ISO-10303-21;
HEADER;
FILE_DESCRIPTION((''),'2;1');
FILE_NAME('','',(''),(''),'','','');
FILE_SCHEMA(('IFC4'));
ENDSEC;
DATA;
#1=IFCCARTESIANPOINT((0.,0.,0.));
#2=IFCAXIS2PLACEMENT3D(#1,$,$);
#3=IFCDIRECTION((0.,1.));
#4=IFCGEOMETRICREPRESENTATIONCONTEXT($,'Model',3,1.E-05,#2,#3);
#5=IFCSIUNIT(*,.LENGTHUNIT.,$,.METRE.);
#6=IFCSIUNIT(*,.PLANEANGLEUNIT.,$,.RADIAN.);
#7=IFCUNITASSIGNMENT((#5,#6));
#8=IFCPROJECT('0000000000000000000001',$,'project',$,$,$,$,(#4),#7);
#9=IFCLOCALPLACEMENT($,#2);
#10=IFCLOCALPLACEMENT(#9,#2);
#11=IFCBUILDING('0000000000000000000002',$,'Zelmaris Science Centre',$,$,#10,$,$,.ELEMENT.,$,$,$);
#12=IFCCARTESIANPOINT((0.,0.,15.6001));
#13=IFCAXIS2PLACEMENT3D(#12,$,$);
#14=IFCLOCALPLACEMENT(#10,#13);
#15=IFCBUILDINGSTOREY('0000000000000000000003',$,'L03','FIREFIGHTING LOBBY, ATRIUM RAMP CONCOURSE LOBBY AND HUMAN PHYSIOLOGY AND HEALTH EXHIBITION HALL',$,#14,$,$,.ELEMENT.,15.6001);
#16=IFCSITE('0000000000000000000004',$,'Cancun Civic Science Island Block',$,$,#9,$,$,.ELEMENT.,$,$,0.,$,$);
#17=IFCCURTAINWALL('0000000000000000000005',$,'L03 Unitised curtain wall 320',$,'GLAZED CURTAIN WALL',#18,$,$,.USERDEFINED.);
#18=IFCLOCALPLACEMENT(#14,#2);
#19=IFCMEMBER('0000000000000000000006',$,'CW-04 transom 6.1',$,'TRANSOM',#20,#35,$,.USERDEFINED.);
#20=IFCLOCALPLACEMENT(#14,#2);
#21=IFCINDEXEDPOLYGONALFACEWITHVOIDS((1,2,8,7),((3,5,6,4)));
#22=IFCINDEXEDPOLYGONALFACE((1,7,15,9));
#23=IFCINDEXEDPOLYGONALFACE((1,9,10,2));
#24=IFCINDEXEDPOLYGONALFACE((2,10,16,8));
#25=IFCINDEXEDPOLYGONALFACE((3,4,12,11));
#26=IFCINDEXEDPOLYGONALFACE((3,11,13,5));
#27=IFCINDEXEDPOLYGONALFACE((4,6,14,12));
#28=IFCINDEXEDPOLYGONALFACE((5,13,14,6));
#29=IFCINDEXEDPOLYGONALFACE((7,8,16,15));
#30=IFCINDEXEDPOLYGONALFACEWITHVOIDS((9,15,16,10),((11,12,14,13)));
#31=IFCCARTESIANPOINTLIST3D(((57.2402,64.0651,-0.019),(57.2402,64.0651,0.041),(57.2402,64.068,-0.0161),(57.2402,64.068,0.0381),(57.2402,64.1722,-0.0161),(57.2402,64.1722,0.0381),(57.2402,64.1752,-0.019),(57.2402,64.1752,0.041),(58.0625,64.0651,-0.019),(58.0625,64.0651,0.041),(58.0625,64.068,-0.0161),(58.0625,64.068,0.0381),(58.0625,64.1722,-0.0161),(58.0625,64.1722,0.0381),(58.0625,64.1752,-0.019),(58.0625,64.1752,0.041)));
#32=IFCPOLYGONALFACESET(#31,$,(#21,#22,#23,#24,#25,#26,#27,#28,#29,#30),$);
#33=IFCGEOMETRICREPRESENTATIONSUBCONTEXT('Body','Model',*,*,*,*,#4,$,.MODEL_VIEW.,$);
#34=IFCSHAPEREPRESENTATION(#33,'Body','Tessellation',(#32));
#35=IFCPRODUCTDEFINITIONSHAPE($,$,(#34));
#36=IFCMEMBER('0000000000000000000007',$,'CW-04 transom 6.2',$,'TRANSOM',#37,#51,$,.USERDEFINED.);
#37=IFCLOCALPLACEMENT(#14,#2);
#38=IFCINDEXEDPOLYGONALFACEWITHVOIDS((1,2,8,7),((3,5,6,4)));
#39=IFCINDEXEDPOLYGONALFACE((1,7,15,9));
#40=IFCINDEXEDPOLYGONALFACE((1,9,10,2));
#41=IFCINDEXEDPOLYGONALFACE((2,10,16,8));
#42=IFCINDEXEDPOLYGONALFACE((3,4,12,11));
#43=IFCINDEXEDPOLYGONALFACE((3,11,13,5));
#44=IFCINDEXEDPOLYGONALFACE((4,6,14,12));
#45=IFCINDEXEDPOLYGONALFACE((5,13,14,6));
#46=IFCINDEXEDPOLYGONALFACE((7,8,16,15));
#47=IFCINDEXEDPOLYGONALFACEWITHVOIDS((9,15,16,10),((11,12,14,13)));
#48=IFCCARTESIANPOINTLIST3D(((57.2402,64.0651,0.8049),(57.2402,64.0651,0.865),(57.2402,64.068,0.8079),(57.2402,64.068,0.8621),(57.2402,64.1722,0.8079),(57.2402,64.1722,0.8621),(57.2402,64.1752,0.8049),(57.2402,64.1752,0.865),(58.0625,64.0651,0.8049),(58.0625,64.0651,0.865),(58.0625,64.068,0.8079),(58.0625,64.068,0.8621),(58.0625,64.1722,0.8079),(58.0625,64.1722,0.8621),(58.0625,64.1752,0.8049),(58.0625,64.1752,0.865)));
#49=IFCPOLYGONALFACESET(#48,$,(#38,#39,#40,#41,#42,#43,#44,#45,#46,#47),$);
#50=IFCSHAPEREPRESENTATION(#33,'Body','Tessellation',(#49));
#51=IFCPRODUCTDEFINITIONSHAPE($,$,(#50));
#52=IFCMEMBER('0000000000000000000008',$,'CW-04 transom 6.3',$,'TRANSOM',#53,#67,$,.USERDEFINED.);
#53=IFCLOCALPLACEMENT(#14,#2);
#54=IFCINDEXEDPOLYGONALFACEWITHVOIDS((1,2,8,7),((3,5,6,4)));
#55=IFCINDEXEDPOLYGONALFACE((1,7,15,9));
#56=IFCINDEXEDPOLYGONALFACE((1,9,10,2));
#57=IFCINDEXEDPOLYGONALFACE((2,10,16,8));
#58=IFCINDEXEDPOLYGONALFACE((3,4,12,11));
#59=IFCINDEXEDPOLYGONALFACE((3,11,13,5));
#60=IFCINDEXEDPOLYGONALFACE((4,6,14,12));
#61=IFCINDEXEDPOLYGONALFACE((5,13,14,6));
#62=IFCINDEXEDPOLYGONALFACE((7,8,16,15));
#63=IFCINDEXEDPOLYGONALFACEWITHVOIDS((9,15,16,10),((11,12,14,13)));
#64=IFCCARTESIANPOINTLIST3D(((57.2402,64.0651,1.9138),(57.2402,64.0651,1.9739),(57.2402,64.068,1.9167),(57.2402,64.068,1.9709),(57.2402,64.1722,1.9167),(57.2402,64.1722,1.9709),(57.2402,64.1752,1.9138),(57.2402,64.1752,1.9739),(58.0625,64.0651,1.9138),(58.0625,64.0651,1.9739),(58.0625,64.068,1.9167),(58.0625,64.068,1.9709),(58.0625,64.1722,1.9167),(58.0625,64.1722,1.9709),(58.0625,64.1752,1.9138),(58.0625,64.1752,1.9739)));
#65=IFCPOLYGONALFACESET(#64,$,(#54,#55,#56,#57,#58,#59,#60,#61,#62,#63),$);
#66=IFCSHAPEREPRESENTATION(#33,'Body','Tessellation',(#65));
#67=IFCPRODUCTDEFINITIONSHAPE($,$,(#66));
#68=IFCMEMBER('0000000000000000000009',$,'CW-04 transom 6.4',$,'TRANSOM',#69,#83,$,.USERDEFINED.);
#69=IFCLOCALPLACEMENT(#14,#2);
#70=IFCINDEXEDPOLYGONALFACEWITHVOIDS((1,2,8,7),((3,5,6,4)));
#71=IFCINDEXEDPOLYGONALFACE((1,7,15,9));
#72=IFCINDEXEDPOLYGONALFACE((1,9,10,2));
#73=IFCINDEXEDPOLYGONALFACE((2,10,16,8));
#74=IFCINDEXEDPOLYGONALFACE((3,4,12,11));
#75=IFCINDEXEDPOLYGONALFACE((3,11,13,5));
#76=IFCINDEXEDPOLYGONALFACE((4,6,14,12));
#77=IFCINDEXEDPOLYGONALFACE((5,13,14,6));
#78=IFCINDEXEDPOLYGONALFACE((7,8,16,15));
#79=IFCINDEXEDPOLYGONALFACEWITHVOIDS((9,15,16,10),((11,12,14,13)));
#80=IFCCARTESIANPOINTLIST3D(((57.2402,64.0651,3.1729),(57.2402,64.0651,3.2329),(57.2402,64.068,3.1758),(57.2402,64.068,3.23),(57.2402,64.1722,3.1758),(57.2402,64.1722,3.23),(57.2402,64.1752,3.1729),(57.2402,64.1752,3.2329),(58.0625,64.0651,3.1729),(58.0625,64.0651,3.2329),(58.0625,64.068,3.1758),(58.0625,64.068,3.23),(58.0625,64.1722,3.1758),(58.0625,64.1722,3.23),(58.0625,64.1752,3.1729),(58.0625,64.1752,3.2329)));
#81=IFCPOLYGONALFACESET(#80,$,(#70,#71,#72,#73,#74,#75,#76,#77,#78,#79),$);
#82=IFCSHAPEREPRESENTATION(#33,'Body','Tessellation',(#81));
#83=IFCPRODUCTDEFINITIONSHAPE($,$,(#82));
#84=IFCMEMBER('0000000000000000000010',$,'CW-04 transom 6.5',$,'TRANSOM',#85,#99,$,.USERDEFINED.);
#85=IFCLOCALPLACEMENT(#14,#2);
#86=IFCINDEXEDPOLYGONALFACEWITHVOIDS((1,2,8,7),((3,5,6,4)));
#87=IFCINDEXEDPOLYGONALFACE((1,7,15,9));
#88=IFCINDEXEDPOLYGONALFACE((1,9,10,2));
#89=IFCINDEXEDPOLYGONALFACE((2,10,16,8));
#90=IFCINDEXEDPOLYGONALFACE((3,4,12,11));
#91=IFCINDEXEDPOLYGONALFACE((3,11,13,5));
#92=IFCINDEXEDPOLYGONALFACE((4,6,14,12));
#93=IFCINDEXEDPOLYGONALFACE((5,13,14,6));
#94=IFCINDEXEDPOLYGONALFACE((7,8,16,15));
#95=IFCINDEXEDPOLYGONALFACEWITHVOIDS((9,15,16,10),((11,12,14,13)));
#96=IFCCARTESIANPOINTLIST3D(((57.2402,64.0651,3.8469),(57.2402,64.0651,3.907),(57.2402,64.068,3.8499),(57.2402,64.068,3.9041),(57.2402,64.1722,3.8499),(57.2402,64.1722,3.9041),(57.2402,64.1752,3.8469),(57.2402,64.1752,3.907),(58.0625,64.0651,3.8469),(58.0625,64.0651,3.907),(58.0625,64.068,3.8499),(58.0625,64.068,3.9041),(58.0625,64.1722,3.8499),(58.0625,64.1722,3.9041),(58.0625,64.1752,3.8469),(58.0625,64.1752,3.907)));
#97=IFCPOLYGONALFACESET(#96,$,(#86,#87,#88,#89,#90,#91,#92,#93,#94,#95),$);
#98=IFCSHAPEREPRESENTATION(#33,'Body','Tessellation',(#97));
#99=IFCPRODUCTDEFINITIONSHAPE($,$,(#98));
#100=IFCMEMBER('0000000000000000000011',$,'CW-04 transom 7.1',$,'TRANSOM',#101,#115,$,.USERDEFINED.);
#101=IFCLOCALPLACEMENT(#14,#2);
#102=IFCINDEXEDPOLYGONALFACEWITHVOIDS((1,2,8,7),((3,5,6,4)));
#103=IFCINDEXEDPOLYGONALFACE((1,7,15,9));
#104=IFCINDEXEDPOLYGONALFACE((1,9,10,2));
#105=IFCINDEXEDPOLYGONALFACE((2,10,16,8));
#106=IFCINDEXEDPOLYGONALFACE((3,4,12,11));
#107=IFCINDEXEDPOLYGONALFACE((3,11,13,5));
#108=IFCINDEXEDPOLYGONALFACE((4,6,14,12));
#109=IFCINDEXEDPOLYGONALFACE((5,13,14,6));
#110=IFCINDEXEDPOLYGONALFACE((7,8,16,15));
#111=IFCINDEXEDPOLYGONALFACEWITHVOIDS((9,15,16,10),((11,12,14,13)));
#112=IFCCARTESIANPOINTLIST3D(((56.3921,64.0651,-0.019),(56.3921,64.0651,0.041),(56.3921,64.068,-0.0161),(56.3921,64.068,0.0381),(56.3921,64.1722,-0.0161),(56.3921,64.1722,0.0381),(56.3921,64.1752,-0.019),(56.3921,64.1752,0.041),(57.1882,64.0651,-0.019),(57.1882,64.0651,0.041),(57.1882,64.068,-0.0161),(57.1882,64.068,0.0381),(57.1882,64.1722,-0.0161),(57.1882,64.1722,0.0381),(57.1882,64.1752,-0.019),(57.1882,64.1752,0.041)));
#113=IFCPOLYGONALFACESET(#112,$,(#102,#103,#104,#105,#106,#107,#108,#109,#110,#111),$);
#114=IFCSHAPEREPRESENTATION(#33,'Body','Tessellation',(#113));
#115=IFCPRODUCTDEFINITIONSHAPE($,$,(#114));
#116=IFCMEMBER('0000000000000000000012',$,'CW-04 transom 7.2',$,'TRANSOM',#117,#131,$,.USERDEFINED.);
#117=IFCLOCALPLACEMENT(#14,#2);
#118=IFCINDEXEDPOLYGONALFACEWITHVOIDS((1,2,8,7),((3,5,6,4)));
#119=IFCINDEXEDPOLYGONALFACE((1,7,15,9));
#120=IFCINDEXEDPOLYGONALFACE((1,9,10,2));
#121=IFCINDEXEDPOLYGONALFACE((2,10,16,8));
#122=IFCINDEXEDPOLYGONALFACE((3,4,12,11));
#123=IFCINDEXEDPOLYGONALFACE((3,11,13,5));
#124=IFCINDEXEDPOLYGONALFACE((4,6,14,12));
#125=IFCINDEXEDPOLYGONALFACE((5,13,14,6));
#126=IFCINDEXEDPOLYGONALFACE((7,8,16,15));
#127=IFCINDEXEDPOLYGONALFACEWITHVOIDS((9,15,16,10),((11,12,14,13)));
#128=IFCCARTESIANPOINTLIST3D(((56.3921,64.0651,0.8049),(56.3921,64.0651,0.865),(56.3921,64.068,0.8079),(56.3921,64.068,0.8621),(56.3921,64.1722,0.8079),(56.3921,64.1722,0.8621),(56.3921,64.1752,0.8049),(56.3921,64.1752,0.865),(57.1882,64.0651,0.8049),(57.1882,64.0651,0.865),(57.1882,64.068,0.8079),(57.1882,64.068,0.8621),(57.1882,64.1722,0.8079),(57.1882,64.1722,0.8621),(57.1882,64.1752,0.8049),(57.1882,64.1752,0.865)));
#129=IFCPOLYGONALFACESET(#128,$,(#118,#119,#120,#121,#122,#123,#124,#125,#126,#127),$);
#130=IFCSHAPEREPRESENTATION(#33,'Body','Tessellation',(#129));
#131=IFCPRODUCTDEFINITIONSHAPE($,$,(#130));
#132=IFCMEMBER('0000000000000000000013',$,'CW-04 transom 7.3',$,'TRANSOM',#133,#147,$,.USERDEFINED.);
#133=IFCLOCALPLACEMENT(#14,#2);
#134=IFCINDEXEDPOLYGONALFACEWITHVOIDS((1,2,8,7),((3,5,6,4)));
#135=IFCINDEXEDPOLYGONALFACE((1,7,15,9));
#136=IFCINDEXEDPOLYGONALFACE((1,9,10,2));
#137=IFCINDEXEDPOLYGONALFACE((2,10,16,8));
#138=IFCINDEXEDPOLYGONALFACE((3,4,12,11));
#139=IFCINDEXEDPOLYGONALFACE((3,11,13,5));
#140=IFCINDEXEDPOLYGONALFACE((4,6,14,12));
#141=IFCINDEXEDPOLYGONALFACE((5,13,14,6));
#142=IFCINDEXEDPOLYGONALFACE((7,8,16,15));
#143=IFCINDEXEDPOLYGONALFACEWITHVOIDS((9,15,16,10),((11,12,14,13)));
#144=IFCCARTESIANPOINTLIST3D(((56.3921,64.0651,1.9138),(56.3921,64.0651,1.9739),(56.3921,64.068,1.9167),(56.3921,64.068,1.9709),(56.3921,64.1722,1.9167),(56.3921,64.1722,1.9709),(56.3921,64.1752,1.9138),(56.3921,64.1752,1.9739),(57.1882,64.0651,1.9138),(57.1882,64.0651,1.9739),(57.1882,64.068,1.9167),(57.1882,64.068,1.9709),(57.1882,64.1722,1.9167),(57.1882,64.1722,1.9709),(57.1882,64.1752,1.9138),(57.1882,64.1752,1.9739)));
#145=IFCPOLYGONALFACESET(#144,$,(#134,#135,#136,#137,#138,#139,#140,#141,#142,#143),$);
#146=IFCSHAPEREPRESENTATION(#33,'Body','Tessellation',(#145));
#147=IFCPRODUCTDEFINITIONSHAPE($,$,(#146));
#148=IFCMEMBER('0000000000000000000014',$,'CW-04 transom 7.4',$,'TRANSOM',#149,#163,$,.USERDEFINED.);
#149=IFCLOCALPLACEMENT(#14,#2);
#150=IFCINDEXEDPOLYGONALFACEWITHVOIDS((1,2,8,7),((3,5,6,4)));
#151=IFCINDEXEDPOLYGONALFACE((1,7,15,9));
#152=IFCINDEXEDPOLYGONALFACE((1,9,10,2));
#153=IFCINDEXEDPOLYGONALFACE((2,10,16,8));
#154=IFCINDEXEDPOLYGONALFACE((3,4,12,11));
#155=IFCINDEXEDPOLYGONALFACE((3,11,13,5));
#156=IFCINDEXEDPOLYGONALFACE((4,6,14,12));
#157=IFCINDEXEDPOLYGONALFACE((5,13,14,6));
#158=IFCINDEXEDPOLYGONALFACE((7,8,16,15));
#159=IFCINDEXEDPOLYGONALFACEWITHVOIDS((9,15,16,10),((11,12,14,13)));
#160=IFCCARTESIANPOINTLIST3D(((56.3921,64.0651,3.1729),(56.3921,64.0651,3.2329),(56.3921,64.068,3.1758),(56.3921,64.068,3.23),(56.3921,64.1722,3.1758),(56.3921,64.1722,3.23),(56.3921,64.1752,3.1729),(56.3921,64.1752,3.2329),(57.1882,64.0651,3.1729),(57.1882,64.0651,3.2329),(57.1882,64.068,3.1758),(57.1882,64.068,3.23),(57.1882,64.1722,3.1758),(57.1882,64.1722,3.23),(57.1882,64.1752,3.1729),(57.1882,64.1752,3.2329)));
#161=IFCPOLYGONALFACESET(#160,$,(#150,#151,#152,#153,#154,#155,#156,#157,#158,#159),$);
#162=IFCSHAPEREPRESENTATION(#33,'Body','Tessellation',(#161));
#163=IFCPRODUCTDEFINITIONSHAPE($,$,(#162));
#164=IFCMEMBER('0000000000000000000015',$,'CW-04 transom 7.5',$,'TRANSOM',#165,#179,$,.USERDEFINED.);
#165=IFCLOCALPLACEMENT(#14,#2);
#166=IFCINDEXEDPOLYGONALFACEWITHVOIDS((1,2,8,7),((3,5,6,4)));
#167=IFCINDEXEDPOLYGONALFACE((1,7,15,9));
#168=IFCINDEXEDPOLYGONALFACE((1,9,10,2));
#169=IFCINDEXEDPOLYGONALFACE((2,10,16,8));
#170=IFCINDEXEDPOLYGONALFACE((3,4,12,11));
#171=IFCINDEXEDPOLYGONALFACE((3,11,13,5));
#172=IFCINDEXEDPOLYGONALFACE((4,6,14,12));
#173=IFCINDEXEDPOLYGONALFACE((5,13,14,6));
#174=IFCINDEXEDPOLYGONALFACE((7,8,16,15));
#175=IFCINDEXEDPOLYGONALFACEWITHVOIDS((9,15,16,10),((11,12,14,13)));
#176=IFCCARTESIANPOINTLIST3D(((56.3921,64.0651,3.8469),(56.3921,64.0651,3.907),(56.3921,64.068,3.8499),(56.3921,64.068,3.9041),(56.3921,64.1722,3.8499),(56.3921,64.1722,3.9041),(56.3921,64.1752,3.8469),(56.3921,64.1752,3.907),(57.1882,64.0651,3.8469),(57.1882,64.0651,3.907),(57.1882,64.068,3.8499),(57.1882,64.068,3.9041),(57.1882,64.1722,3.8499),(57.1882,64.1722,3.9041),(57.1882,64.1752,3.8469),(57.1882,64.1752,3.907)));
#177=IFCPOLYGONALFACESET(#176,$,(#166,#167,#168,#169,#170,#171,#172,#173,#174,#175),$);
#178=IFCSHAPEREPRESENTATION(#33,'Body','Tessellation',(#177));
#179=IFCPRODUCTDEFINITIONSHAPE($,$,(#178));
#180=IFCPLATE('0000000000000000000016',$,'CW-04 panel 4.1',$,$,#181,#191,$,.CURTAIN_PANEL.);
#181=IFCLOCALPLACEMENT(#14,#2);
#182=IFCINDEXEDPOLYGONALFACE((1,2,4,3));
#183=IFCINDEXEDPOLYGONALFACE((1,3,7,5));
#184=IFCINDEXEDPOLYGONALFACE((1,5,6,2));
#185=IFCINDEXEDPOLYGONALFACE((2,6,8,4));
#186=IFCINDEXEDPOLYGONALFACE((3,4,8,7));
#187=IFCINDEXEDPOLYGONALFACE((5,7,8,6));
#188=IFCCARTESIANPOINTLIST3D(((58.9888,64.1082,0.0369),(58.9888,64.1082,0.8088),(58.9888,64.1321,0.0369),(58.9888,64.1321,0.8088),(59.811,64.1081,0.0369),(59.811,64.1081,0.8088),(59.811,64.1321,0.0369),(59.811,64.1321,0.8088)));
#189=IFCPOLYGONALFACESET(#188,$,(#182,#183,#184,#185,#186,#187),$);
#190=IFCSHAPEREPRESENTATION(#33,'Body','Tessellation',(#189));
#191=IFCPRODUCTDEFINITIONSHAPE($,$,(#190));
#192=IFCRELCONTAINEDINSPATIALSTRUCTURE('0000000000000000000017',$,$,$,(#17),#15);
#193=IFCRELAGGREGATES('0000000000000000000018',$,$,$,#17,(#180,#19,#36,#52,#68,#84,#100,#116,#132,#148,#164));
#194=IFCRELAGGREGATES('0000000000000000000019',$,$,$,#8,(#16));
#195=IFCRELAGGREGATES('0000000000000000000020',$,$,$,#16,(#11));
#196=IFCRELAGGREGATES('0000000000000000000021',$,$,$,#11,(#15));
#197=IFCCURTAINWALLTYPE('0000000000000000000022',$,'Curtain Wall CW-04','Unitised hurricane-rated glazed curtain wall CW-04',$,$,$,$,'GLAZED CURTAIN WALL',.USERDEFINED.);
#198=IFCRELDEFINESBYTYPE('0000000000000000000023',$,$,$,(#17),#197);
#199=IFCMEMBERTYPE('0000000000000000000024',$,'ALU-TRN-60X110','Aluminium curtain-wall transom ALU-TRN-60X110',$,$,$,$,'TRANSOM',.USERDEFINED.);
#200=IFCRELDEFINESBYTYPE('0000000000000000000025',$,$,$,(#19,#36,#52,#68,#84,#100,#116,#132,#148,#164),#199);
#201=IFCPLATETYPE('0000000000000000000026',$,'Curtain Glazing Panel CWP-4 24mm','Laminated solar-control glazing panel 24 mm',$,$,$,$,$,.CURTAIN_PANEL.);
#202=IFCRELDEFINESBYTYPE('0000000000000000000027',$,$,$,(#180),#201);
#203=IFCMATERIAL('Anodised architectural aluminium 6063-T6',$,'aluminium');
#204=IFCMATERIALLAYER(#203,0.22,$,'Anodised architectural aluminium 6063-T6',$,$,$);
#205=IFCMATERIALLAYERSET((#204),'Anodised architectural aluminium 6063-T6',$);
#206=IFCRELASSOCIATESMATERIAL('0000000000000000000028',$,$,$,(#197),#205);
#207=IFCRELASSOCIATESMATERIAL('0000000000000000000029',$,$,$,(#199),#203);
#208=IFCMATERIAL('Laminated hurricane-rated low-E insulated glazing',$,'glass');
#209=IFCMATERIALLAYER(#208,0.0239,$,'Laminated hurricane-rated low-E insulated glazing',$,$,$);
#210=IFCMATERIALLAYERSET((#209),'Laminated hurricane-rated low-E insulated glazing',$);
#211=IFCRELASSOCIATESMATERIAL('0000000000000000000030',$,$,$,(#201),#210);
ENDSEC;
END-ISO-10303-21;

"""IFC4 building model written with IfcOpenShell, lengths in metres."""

from ifc_helpers import new_model, si_unit, direction, frame, origin, origin_2d, place, context, subcontext, project, spatial, rectangle, hollow_rectangle, extrude, material, layer, layer_set, material_profile, profile_set, type_object, element, aggregate, save


model = new_model("IFC4")

# Units and contexts
model_context = context("Model", 3, precision=1e-05, world=origin(), true_north=direction((0.0, 1.0)))
body_context = subcontext(model_context, "Body", "Model", "MODEL_VIEW")
ifc_project = project(units=[si_unit("LENGTHUNIT", "METRE"), si_unit("PLANEANGLEUNIT", "RADIAN")], contexts=[model_context])

# Site, building, storey
site_placement = place(None, origin())
site = spatial("IfcSite", under=ifc_project, at=site_placement, Name="Cancun Civic Science Island Block", CompositionType="ELEMENT", RefElevation=0.0)
building_placement = place(site_placement, origin())
building = spatial("IfcBuilding", under=site, at=building_placement, Name="Zelmaris Science Centre", CompositionType="ELEMENT")
storey_placement = place(building_placement, frame((0.0, 0.0, 15.6001)))
storey = spatial("IfcBuildingStorey", under=building, at=storey_placement, Name="L03", Description="FIREFIGHTING LOBBY, ATRIUM RAMP CONCOURSE LOBBY AND HUMAN PHYSIOLOGY AND HEALTH EXHIBITION HALL", CompositionType="ELEMENT", Elevation=15.6001)

# Curtain wall, members, plate
ifc_material_1 = material(Name="Anodised architectural aluminium 6063-T6", Category="aluminium")
ifc_layer_1 = layer(ifc_material_1, 0.22, Name="Anodised architectural aluminium 6063-T6")
ifc_layer_set_1 = layer_set([ifc_layer_1], Name="Anodised architectural aluminium 6063-T6")
curtain_wall_type = type_object("IfcCurtainWallType", Name="Curtain Wall CW-04", Description="Unitised hurricane-rated glazed curtain wall CW-04", ElementType="GLAZED CURTAIN WALL", PredefinedType="USERDEFINED", material=ifc_layer_set_1)
curtain_wall_placement = place(storey_placement, origin())
curtain_wall = element("IfcCurtainWall", 1, at=curtain_wall_placement, inside=storey, type_object=curtain_wall_type, Name="L03 Unitised curtain wall 320", ObjectType="GLAZED CURTAIN WALL", PredefinedType="USERDEFINED")
ifc_material_profile_1 = material_profile(ifc_material_1, hollow_rectangle(XDim=0.0601, YDim=0.1101, WallThickness=0.0029, at=origin_2d()), Name="ALU-TRN-60X110")
ifc_profile_set_1 = profile_set([ifc_material_profile_1], Name="Anodised architectural aluminium 6063-T6")
member_type_1 = type_object("IfcMemberType", Name="ALU-TRN-60X110", Description="Aluminium curtain-wall transom ALU-TRN-60X110", ElementType="TRANSOM", PredefinedType="USERDEFINED", material=ifc_profile_set_1)
member_1_placement = place(storey_placement, frame((58.0625, 64.1201, 0.011), z_axis=(-1.0, 0.0, 0.0), x_axis=(0.0, 0.0, 1.0)))
member_1 = element("IfcMember", 2, at=member_1_placement, type_object=member_type_1, Name="CW-04 transom 6.1", ObjectType="TRANSOM", PredefinedType="USERDEFINED", context=body_context, shape_type="SweptSolid", body=[
    extrude(hollow_rectangle(XDim=0.0601, YDim=0.1101, WallThickness=0.0029, at=origin_2d()), origin(), (0.0, 0.0, 1.0), 0.8223),
])
member_2_placement = place(storey_placement, frame((58.0625, 64.1201, 0.835), z_axis=(-1.0, 0.0, 0.0), x_axis=(0.0, 0.0, 1.0)))
member_2 = element("IfcMember", 3, at=member_2_placement, type_object=member_type_1, Name="CW-04 transom 6.2", ObjectType="TRANSOM", PredefinedType="USERDEFINED", context=body_context, shape_type="SweptSolid", body=[
    extrude(hollow_rectangle(XDim=0.0601, YDim=0.1101, WallThickness=0.0029, at=origin_2d()), origin(), (0.0, 0.0, 1.0), 0.8223),
])
member_3_placement = place(storey_placement, frame((58.0625, 64.1201, 1.9438), z_axis=(-1.0, 0.0, 0.0), x_axis=(0.0, 0.0, 1.0)))
member_3 = element("IfcMember", 4, at=member_3_placement, type_object=member_type_1, Name="CW-04 transom 6.3", ObjectType="TRANSOM", PredefinedType="USERDEFINED", context=body_context, shape_type="SweptSolid", body=[
    extrude(hollow_rectangle(XDim=0.0601, YDim=0.1101, WallThickness=0.0029, at=origin_2d()), origin(), (0.0, 0.0, 1.0), 0.8223),
])
member_4_placement = place(storey_placement, frame((58.0625, 64.1201, 3.2029), z_axis=(-1.0, 0.0, 0.0), x_axis=(0.0, 0.0, 1.0)))
member_4 = element("IfcMember", 5, at=member_4_placement, type_object=member_type_1, Name="CW-04 transom 6.4", ObjectType="TRANSOM", PredefinedType="USERDEFINED", context=body_context, shape_type="SweptSolid", body=[
    extrude(hollow_rectangle(XDim=0.0601, YDim=0.1101, WallThickness=0.0029, at=origin_2d()), origin(), (0.0, 0.0, 1.0), 0.8223),
])
member_5_placement = place(storey_placement, frame((58.0625, 64.1201, 3.877), z_axis=(-1.0, 0.0, 0.0), x_axis=(0.0, 0.0, 1.0)))
member_5 = element("IfcMember", 6, at=member_5_placement, type_object=member_type_1, Name="CW-04 transom 6.5", ObjectType="TRANSOM", PredefinedType="USERDEFINED", context=body_context, shape_type="SweptSolid", body=[
    extrude(hollow_rectangle(XDim=0.0601, YDim=0.1101, WallThickness=0.0029, at=origin_2d()), origin(), (0.0, 0.0, 1.0), 0.8223),
])
member_6_placement = place(storey_placement, frame((57.1882, 64.1201, 0.011), z_axis=(-1.0, 0.0, 0.0), x_axis=(0.0, 0.0, 1.0)))
member_6 = element("IfcMember", 7, at=member_6_placement, type_object=member_type_1, Name="CW-04 transom 7.1", ObjectType="TRANSOM", PredefinedType="USERDEFINED", context=body_context, shape_type="SweptSolid", body=[
    extrude(hollow_rectangle(XDim=0.0601, YDim=0.1101, WallThickness=0.0029, at=origin_2d()), origin(), (0.0, 0.0, 1.0), 0.7961),
])
member_7_placement = place(storey_placement, frame((57.1882, 64.1201, 0.835), z_axis=(-1.0, 0.0, 0.0), x_axis=(0.0, 0.0, 1.0)))
member_7 = element("IfcMember", 8, at=member_7_placement, type_object=member_type_1, Name="CW-04 transom 7.2", ObjectType="TRANSOM", PredefinedType="USERDEFINED", context=body_context, shape_type="SweptSolid", body=[
    extrude(hollow_rectangle(XDim=0.0601, YDim=0.1101, WallThickness=0.0029, at=origin_2d()), origin(), (0.0, 0.0, 1.0), 0.7961),
])
member_8_placement = place(storey_placement, frame((57.1882, 64.1201, 1.9438), z_axis=(-1.0, 0.0, 0.0), x_axis=(0.0, 0.0, 1.0)))
member_8 = element("IfcMember", 9, at=member_8_placement, type_object=member_type_1, Name="CW-04 transom 7.3", ObjectType="TRANSOM", PredefinedType="USERDEFINED", context=body_context, shape_type="SweptSolid", body=[
    extrude(hollow_rectangle(XDim=0.0601, YDim=0.1101, WallThickness=0.0029, at=origin_2d()), origin(), (0.0, 0.0, 1.0), 0.7961),
])
member_9_placement = place(storey_placement, frame((57.1882, 64.1201, 3.2029), z_axis=(-1.0, 0.0, 0.0), x_axis=(0.0, 0.0, 1.0)))
member_9 = element("IfcMember", 10, at=member_9_placement, type_object=member_type_1, Name="CW-04 transom 7.4", ObjectType="TRANSOM", PredefinedType="USERDEFINED", context=body_context, shape_type="SweptSolid", body=[
    extrude(hollow_rectangle(XDim=0.0601, YDim=0.1101, WallThickness=0.0029, at=origin_2d()), origin(), (0.0, 0.0, 1.0), 0.7961),
])
member_10_placement = place(storey_placement, frame((57.1882, 64.1201, 3.877), z_axis=(-1.0, 0.0, 0.0), x_axis=(0.0, 0.0, 1.0)))
member_10 = element("IfcMember", 11, at=member_10_placement, type_object=member_type_1, Name="CW-04 transom 7.5", ObjectType="TRANSOM", PredefinedType="USERDEFINED", context=body_context, shape_type="SweptSolid", body=[
    extrude(hollow_rectangle(XDim=0.0601, YDim=0.1101, WallThickness=0.0029, at=origin_2d()), origin(), (0.0, 0.0, 1.0), 0.7961),
])
ifc_material_2 = material(Name="Laminated hurricane-rated low-E insulated glazing", Category="glass")
ifc_layer_2 = layer(ifc_material_2, 0.0239, Name="Laminated hurricane-rated low-E insulated glazing")
ifc_layer_set_2 = layer_set([ifc_layer_2], Name="Laminated hurricane-rated low-E insulated glazing")
plate_type = type_object("IfcPlateType", Name="Curtain Glazing Panel CWP-4 24mm", Description="Laminated solar-control glazing panel 24 mm", PredefinedType="CURTAIN_PANEL", material=ifc_layer_set_2)
plate_1_placement = place(storey_placement, frame((59.3999, 64.1201, 0.0369), z_axis=(0.0, 0.0, 1.0), x_axis=(-1.0, 0.000016, 0.0)))
plate_1 = element("IfcPlate", 12, at=plate_1_placement, type_object=plate_type, Name="CW-04 panel 4.1", PredefinedType="CURTAIN_PANEL", context=body_context, shape_type="SweptSolid", body=[
    extrude(rectangle(XDim=0.8223, YDim=0.0239, at=origin_2d()), origin(), (0.0, 0.0, 1.0), 0.772),
])
aggregate(curtain_wall, [plate_1, member_1, member_2, member_3, member_4, member_5, member_6, member_7, member_8, member_9, member_10])

save(model, "model.ifc")
